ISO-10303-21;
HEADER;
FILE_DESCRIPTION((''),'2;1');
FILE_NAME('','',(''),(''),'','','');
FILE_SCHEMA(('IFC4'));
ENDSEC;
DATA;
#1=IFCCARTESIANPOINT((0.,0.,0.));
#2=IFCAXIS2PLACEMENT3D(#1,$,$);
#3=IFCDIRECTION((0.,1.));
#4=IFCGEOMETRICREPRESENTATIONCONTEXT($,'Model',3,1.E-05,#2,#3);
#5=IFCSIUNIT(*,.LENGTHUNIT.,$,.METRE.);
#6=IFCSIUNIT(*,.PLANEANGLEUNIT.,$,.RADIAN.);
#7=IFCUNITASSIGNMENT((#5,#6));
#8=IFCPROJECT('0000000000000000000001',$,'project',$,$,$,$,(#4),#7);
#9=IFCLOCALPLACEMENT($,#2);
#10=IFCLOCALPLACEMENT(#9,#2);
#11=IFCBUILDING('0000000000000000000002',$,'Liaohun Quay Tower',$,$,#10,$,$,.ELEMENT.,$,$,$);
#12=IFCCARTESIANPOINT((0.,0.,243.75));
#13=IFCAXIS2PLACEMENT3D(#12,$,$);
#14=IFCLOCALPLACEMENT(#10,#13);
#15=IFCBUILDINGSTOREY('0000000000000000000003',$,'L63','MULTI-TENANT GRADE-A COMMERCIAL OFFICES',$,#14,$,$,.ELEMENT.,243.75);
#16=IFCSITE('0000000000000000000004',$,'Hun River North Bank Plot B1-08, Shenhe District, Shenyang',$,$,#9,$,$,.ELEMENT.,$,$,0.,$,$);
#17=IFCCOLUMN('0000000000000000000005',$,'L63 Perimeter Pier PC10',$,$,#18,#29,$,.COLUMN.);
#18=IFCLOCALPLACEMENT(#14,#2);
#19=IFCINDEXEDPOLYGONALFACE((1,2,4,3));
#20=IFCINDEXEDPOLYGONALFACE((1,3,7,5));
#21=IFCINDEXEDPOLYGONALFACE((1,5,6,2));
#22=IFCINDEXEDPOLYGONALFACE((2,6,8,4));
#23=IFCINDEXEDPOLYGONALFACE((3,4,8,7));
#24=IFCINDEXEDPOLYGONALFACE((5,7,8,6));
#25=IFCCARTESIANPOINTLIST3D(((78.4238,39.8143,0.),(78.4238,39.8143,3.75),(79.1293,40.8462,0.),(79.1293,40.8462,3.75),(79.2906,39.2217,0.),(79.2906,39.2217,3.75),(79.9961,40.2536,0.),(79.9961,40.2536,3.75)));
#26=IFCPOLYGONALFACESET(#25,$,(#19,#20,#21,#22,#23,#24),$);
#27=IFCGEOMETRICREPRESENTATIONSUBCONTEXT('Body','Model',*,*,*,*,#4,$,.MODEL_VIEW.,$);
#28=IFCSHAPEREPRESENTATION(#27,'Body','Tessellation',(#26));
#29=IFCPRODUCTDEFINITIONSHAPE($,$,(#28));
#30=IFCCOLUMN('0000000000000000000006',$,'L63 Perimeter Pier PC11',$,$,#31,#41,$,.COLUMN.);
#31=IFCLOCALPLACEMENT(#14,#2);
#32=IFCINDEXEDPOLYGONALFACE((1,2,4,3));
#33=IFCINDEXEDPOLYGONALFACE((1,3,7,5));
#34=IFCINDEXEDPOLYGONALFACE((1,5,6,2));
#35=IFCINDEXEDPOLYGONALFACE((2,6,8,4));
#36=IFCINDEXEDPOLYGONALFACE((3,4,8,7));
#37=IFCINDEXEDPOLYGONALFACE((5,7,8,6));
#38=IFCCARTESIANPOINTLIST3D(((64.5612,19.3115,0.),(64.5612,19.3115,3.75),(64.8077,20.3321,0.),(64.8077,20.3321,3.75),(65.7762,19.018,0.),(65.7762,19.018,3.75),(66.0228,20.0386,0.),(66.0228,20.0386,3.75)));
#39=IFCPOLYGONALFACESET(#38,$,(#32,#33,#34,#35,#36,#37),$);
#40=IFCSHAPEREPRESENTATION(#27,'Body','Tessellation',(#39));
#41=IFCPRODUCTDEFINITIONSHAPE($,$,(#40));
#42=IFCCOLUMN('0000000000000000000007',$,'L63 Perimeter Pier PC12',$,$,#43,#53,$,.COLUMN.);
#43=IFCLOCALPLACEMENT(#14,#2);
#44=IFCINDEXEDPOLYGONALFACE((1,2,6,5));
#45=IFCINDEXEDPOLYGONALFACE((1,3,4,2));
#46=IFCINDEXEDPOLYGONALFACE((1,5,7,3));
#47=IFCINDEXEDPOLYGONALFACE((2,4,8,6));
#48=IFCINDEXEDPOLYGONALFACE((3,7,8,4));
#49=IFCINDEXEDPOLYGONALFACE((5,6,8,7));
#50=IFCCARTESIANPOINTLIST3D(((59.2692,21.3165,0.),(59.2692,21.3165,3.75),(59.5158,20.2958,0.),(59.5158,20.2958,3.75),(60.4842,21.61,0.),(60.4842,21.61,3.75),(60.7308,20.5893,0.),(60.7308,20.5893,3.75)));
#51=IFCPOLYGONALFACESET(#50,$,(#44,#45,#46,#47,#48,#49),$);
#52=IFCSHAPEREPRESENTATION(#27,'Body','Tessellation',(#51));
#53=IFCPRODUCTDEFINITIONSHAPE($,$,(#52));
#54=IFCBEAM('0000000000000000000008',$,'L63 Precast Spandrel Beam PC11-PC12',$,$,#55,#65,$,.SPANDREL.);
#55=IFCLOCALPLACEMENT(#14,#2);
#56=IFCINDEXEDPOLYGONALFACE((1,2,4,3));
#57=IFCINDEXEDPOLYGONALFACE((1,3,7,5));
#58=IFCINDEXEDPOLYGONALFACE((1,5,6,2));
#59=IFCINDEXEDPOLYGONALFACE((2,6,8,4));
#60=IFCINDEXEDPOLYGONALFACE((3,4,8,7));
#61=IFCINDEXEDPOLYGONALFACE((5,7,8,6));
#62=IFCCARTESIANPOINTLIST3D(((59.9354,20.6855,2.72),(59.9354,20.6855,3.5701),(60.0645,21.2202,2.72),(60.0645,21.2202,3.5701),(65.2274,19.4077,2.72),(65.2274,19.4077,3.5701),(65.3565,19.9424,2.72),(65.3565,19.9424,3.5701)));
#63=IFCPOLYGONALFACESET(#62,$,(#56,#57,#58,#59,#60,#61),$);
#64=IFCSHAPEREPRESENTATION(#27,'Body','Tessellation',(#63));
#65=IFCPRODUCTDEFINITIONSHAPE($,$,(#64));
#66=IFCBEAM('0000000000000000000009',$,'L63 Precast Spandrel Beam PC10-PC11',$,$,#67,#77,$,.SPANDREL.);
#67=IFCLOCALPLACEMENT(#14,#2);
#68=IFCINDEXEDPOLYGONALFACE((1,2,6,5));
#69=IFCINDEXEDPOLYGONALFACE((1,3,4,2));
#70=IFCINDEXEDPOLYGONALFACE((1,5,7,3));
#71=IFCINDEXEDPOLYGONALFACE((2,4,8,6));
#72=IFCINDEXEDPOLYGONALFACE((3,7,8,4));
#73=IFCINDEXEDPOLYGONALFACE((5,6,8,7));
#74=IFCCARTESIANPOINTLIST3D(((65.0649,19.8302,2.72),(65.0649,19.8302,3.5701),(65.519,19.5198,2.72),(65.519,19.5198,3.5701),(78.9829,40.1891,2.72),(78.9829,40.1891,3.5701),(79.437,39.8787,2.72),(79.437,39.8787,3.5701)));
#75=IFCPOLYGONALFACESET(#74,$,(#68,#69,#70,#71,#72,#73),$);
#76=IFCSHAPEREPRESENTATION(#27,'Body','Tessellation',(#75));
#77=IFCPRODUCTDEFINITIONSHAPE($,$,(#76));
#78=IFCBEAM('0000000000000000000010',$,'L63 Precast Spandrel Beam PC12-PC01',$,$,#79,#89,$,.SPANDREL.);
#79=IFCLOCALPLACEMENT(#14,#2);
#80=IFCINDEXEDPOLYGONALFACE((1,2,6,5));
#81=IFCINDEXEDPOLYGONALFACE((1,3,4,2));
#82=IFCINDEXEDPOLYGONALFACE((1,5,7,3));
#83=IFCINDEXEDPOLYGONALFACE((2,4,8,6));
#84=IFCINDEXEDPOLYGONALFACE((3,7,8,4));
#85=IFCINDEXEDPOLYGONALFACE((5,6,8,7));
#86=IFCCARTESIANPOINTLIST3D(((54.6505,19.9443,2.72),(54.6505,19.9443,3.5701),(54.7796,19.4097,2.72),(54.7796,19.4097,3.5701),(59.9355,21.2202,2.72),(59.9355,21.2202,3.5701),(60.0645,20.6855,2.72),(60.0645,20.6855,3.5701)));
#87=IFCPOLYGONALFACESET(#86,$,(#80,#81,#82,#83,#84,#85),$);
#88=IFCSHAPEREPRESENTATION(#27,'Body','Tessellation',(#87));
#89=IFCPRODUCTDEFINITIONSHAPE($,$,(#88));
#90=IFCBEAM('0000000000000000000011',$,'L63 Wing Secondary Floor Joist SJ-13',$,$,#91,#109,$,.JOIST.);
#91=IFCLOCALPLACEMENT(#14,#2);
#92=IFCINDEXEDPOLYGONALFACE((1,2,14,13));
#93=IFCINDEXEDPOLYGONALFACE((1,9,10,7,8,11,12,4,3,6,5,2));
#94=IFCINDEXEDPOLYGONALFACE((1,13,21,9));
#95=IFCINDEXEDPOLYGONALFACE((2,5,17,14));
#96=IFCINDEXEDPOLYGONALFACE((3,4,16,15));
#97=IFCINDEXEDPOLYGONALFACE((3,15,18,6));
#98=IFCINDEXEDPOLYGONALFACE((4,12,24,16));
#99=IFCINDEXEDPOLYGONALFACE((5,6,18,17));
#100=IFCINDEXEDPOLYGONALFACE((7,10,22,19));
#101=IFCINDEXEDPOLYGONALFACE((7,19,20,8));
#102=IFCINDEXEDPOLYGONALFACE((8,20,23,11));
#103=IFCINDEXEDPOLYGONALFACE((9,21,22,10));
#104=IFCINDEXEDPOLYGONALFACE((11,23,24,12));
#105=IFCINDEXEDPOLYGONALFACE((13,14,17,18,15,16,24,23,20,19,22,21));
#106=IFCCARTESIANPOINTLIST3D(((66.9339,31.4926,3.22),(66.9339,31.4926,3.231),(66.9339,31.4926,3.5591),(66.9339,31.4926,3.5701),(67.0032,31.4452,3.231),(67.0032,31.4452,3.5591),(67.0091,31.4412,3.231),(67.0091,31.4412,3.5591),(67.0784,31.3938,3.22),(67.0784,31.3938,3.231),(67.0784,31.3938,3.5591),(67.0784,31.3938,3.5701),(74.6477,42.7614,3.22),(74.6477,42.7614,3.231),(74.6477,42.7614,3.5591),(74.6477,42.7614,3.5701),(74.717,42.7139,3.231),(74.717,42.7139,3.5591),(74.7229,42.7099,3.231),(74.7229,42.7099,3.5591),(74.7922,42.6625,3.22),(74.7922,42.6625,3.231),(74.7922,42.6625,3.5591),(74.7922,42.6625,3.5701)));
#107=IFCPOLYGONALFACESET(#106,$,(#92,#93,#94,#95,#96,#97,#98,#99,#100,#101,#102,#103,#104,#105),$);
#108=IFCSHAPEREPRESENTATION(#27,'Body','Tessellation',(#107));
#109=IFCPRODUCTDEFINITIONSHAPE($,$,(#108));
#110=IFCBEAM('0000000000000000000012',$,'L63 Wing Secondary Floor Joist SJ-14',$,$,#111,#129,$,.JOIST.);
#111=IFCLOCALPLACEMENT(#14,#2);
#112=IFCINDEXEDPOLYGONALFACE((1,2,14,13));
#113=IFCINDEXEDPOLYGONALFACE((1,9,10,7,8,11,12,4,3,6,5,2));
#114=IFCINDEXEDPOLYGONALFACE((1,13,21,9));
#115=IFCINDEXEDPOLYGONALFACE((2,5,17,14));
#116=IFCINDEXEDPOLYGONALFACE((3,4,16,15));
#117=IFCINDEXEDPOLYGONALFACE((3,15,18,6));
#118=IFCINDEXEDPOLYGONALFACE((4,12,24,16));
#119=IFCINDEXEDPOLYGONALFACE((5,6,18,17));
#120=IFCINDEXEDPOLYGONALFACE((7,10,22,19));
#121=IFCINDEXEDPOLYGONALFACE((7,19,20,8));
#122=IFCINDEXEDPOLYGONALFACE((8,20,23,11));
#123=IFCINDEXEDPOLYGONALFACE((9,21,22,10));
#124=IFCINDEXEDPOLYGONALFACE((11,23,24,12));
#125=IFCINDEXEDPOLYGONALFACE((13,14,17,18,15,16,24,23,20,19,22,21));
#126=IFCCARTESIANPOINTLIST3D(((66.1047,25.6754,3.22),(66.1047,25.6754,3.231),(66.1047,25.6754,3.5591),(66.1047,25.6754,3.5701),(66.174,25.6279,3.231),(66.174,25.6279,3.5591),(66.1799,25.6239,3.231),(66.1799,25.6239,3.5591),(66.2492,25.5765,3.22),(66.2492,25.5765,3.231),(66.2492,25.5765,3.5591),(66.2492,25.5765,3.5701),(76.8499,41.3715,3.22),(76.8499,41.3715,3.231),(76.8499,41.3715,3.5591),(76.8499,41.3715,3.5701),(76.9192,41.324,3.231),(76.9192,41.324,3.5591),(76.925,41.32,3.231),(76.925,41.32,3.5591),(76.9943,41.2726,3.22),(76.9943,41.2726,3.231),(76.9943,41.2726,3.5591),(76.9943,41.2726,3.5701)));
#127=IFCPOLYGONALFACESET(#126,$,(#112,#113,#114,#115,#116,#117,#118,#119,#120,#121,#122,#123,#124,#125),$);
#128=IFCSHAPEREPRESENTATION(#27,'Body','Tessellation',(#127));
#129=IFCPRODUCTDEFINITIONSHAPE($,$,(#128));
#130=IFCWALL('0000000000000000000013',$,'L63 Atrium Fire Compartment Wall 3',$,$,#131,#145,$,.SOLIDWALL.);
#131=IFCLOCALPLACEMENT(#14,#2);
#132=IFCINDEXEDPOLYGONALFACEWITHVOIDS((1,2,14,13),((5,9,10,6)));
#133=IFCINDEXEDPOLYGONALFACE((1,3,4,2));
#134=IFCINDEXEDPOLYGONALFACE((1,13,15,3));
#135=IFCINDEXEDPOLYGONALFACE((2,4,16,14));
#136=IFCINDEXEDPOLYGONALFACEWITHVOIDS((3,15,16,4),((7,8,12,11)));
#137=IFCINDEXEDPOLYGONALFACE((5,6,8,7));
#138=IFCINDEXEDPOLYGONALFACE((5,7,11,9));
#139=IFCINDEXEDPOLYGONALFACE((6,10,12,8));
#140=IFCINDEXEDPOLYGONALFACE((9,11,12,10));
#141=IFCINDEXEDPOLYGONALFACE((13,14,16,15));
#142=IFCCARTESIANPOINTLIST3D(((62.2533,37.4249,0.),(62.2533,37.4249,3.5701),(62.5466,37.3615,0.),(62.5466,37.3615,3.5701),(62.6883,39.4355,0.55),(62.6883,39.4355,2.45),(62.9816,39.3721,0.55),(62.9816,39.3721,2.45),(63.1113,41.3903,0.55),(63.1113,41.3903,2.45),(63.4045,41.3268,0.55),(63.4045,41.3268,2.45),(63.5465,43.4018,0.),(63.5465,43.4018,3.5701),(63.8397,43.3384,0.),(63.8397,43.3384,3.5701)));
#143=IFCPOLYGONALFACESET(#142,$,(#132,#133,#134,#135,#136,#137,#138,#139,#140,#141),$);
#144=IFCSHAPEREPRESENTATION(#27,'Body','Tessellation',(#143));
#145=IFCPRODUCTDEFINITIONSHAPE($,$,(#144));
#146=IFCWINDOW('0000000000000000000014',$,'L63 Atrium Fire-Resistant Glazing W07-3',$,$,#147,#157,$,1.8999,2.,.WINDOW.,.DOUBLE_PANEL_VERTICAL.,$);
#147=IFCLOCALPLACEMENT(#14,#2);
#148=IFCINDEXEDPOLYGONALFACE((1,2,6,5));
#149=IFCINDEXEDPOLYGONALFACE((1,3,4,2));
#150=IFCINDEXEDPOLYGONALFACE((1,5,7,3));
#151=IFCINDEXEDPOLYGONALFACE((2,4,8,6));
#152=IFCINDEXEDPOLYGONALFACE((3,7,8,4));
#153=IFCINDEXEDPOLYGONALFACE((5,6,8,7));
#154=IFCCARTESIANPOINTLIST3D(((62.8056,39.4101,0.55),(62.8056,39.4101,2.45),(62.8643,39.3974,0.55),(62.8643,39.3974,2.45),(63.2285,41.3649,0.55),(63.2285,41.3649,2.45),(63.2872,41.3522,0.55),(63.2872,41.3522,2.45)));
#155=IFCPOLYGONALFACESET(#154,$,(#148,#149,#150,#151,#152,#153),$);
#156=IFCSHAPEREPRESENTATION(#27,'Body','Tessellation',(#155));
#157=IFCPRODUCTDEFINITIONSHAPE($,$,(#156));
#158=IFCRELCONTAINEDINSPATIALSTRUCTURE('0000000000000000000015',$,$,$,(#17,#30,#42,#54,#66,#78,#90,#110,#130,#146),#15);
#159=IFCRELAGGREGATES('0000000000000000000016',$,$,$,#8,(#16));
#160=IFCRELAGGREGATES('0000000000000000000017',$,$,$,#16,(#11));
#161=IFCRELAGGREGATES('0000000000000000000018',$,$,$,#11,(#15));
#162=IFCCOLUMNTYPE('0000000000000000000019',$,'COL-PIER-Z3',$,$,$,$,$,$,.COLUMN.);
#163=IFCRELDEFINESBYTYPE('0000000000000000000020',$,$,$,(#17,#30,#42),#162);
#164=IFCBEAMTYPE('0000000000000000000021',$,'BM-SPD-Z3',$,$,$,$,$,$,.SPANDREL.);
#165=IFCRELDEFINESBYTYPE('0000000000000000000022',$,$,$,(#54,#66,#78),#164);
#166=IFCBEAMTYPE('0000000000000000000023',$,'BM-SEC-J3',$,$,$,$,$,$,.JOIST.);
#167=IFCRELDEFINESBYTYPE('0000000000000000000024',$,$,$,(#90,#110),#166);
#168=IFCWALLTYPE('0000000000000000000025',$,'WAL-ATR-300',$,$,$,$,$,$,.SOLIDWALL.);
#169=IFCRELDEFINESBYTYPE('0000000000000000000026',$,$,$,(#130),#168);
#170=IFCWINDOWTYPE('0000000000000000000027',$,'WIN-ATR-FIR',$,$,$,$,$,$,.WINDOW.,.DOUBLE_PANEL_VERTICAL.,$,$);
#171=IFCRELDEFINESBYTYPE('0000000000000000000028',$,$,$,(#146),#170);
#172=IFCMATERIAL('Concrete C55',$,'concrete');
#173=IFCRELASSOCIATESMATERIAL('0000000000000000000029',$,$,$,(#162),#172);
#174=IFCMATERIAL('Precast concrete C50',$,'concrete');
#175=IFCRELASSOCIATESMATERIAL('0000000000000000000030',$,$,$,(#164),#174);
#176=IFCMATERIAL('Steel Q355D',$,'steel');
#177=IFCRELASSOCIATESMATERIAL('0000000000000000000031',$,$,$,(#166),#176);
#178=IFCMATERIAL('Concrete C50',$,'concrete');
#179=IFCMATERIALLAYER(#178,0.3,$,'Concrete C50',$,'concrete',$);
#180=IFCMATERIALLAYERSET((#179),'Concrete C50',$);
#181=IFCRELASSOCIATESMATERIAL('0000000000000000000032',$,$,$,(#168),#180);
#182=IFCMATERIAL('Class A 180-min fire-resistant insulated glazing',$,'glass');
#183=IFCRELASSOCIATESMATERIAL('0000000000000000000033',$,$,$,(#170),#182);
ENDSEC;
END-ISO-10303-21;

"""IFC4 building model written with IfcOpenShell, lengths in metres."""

from ifc_helpers import new_model, si_unit, direction, frame, frame_2d, origin, origin_2d, place, context, subcontext, project, spatial, rectangle, i_section, extrude, source, transform, mapped, material, layer, layer_set, material_profile, profile_set, type_object, element, fill, save


model = new_model("IFC4")

# Units and contexts
model_context = context("Model", 3, precision=1e-05, world=origin(), true_north=direction((0.0, 1.0)))
body_context = subcontext(model_context, "Body", "Model", "MODEL_VIEW")
ifc_project = project(units=[si_unit("LENGTHUNIT", "METRE"), si_unit("PLANEANGLEUNIT", "RADIAN")], contexts=[model_context])

# Site, building, storey
site_placement = place(None, origin())
site = spatial("IfcSite", under=ifc_project, at=site_placement, Name="Hun River North Bank Plot B1-08, Shenhe District, Shenyang", CompositionType="ELEMENT", RefElevation=0.0)
building_placement = place(site_placement, origin())
building = spatial("IfcBuilding", under=site, at=building_placement, Name="Liaohun Quay Tower", CompositionType="ELEMENT")
storey_placement = place(building_placement, frame((0.0, 0.0, 243.75)))
storey = spatial("IfcBuildingStorey", under=building, at=storey_placement, Name="L63", Description="MULTI-TENANT GRADE-A COMMERCIAL OFFICES", CompositionType="ELEMENT", Elevation=243.75)

# Columns
ifc_material_1 = material(Name="Concrete C55", Category="concrete")
ifc_material_profile_1 = material_profile(ifc_material_1, rectangle(XDim=1.25, YDim=1.05, at=origin_2d()), Name="RC1250x1050")
ifc_profile_set_1 = profile_set([ifc_material_profile_1], Name="Concrete C55")
column_type = type_object("IfcColumnType", Name="COL-PIER-Z3", PredefinedType="COLUMN", material=ifc_profile_set_1)
shared_shape_1 = source(origin(), body_context, "Body", "SweptSolid", [
    extrude(rectangle(XDim=1.25, YDim=1.05, at=origin_2d()), origin(), (0.0, 0.0, 1.0), 3.75),
])
for number, where, z_axis, x_axis, name in (
    (1, (79.21, 40.0339, 0.0), (0.0, 0.0, 1.0), (0.564391, 0.825508, 0.0), "L63 Perimeter Pier PC10"),
    (2, (65.292, 19.675, 0.0), (0.0, 0.0, 1.0), (-0.972043, 0.234803, 0.0), "L63 Perimeter Pier PC11"),
    (3, (60.0, 20.9529, 0.0), (0.0, 0.0, 1.0), (0.972043, 0.234803, 0.0), "L63 Perimeter Pier PC12"),
):
    element("IfcColumn", number, at=place(storey_placement, frame(where, z_axis=z_axis, x_axis=x_axis)), inside=storey, type_object=column_type, Name=name, PredefinedType="COLUMN", context=body_context, shape_type="MappedRepresentation", body=[
        mapped(shared_shape_1, transform((0.0, 0.0, 0.0), x_axis=(1.0, 0.0, 0.0), y_axis=(0.0, 1.0, 0.0), z_axis=(0.0, 0.0, 1.0), scale=1.0)),
    ])

# Beams
ifc_material_2 = material(Name="Precast concrete C50", Category="concrete")
ifc_material_profile_2 = material_profile(ifc_material_2, rectangle(XDim=0.55, YDim=0.8501, at=origin_2d()), Name="RC550x850")
ifc_profile_set_2 = profile_set([ifc_material_profile_2], Name="Precast concrete C50")
beam_type_1 = type_object("IfcBeamType", Name="BM-SPD-Z3", PredefinedType="SPANDREL", material=ifc_profile_set_2)
shared_shape_2 = source(origin(), body_context, "Body", "SweptSolid", [
    extrude(rectangle(XDim=0.55, YDim=0.8501, at=origin_2d()), origin(), (0.0, 0.0, 1.0), 5.4441),
])
beam_1_placement = place(storey_placement, frame((65.292, 19.675, 3.145), z_axis=(-0.972063, 0.234719, 0.0), x_axis=(-0.234719, -0.972063, 0.0)))
element("IfcBeam", 4, at=beam_1_placement, inside=storey, type_object=beam_type_1, Name="L63 Precast Spandrel Beam PC11-PC12", PredefinedType="SPANDREL", context=body_context, shape_type="MappedRepresentation", body=[
    mapped(shared_shape_2, transform((0.0, 0.0, 0.0), x_axis=(1.0, 0.0, 0.0), y_axis=(0.0, 1.0, 0.0), z_axis=(0.0, 0.0, 1.0), scale=1.0)),
])
shared_shape_3 = source(origin(), body_context, "Body", "SweptSolid", [
    extrude(rectangle(XDim=0.55, YDim=0.8501, at=origin_2d()), origin(), (0.0, 0.0, 1.0), 24.6616),
])
beam_2_placement = place(storey_placement, frame((79.21, 40.0339, 3.145), z_axis=(-0.564358, -0.82553, 0.0), x_axis=(0.82553, -0.564358, 0.0)))
element("IfcBeam", 5, at=beam_2_placement, inside=storey, type_object=beam_type_1, Name="L63 Precast Spandrel Beam PC10-PC11", PredefinedType="SPANDREL", context=body_context, shape_type="MappedRepresentation", body=[
    mapped(shared_shape_3, transform((0.0, 0.0, 0.0), x_axis=(1.0, 0.0, 0.0), y_axis=(0.0, 1.0, 0.0), z_axis=(0.0, 0.0, 1.0), scale=1.0)),
])
shared_shape_4 = source(origin(), body_context, "Body", "SweptSolid", [
    extrude(rectangle(XDim=0.55, YDim=0.8501, at=origin_2d()), origin(), (0.0, 0.0, 1.0), 5.4368),
])
beam_3_placement = place(storey_placement, frame((60.0, 20.9529, 3.145), z_axis=(-0.972073, -0.234677, 0.0), x_axis=(0.234677, -0.972073, 0.0)))
element("IfcBeam", 6, at=beam_3_placement, inside=storey, type_object=beam_type_1, Name="L63 Precast Spandrel Beam PC12-PC01", PredefinedType="SPANDREL", context=body_context, shape_type="MappedRepresentation", body=[
    mapped(shared_shape_4, transform((0.0, 0.0, 0.0), x_axis=(1.0, 0.0, 0.0), y_axis=(0.0, 1.0, 0.0), z_axis=(0.0, 0.0, 1.0), scale=1.0)),
])
ifc_material_3 = material(Name="Steel Q355D", Category="steel")
ifc_material_profile_3 = material_profile(ifc_material_3, i_section(OverallWidth=0.175, OverallDepth=0.3501, WebThickness=0.0071, FlangeThickness=0.011, at=origin_2d()), Name="HN350x175x7x11")
ifc_profile_set_3 = profile_set([ifc_material_profile_3], Name="Steel Q355D")
beam_type_2 = type_object("IfcBeamType", Name="BM-SEC-J3", PredefinedType="JOIST", material=ifc_profile_set_3)
shared_shape_5 = source(origin(), body_context, "Body", "SweptSolid", [
    extrude(i_section(OverallWidth=0.175, OverallDepth=0.3501, WebThickness=0.0071, FlangeThickness=0.011, at=origin_2d()), origin(), (0.0, 0.0, 1.0), 13.656),
])
beam_4_placement = place(storey_placement, frame((74.72, 42.7119, 3.395), z_axis=(-0.564865, -0.825183, 0.0), x_axis=(0.825183, -0.564865, 0.0)))
element("IfcBeam", 7, at=beam_4_placement, inside=storey, type_object=beam_type_2, Name="L63 Wing Secondary Floor Joist SJ-13", PredefinedType="JOIST", context=body_context, shape_type="MappedRepresentation", body=[
    mapped(shared_shape_5, transform((0.0, 0.0, 0.0), x_axis=(1.0, 0.0, 0.0), y_axis=(0.0, 1.0, 0.0), z_axis=(0.0, 0.0, 1.0), scale=1.0)),
])
shared_shape_6 = source(origin(), body_context, "Body", "SweptSolid", [
    extrude(i_section(OverallWidth=0.175, OverallDepth=0.3501, WebThickness=0.0071, FlangeThickness=0.011, at=origin_2d()), origin(), (0.0, 0.0, 1.0), 19.0217),
])
beam_5_placement = place(storey_placement, frame((76.9221, 41.322, 3.395), z_axis=(-0.564889, -0.825167, 0.0), x_axis=(0.825167, -0.564889, 0.0)))
element("IfcBeam", 8, at=beam_5_placement, inside=storey, type_object=beam_type_2, Name="L63 Wing Secondary Floor Joist SJ-14", PredefinedType="JOIST", context=body_context, shape_type="MappedRepresentation", body=[
    mapped(shared_shape_6, transform((0.0, 0.0, 0.0), x_axis=(1.0, 0.0, 0.0), y_axis=(0.0, 1.0, 0.0), z_axis=(0.0, 0.0, 1.0), scale=1.0)),
])

# Wall, opening, window
ifc_material_4 = material(Name="Concrete C50", Category="concrete")
ifc_layer_1 = layer(ifc_material_4, 0.3, Name="Concrete C50", Category="concrete")
ifc_layer_set_1 = layer_set([ifc_layer_1], Name="Concrete C50")
wall_type_1 = type_object("IfcWallType", Name="WAL-ATR-300", PredefinedType="SOLIDWALL", material=ifc_layer_set_1)
wall_1_placement = place(storey_placement, frame((63.6931, 43.3701, 0.0), z_axis=(0.0, 0.0, 1.0), x_axis=(-0.21147, -0.977385, 0.0)))
wall_1 = element("IfcWall", 9, at=wall_1_placement, inside=storey, type_object=wall_type_1, Name="L63 Atrium Fire Compartment Wall 3", PredefinedType="SOLIDWALL", context=body_context, shape_type="SweptSolid", body=[
    extrude(rectangle(XDim=6.1152, YDim=0.3, at=frame_2d((3.0576, 0.0))), origin(), (0.0, 0.0, 1.0), 3.5701),
])
shared_shape_7 = source(origin(), body_context, "Body", "SweptSolid", [
    extrude(rectangle(XDim=2.0, YDim=1.8999, at=frame_2d((1.0, 0.95))), frame((0.0, 0.1599, 0.0), z_axis=(0.0, -1.0, 0.0), x_axis=(1.0, 0.0, 0.0)), (0.0, 0.0, 1.0), 0.3201),
])
opening_1_placement = place(wall_1_placement, frame((2.0581, 0.0, 0.55)))
opening_1 = element("IfcOpeningElement", 10, at=opening_1_placement, cuts=wall_1, PredefinedType="OPENING", context=body_context, shape_type="MappedRepresentation", body=[
    mapped(shared_shape_7, transform((0.0, 0.0, 0.0), x_axis=(1.0, 0.0, 0.0), y_axis=(0.0, 1.0, 0.0), z_axis=(0.0, 0.0, 1.0), scale=1.0)),
])
ifc_material_5 = material(Name="Class A 180-min fire-resistant insulated glazing", Category="glass")
window_type_1 = type_object("IfcWindowType", Name="WIN-ATR-FIR", PartitioningType="DOUBLE_PANEL_VERTICAL", PredefinedType="WINDOW", material=ifc_material_5)
shared_shape_8 = source(origin(), body_context, "Body", "SweptSolid", [
    extrude(rectangle(XDim=2.0, YDim=1.8999, at=frame_2d((1.0, 0.95))), frame((0.0, 0.03, 0.0), z_axis=(0.0, -1.0, 0.0), x_axis=(1.0, 0.0, 0.0)), (0.0, 0.0, 1.0), 0.0601),
])
window_1_placement = place(opening_1_placement, origin())
window_1 = element("IfcWindow", 11, at=window_1_placement, inside=storey, type_object=window_type_1, Name="L63 Atrium Fire-Resistant Glazing W07-3", OverallHeight=1.8999, OverallWidth=2.0, PartitioningType="DOUBLE_PANEL_VERTICAL", PredefinedType="WINDOW", context=body_context, shape_type="MappedRepresentation", body=[
    mapped(shared_shape_8, transform((0.0, 0.0, 0.0), x_axis=(1.0, 0.0, 0.0), y_axis=(0.0, 1.0, 0.0), z_axis=(0.0, 0.0, 1.0), scale=1.0)),
])
fill(opening_1, window_1)

save(model, "model.ifc")
